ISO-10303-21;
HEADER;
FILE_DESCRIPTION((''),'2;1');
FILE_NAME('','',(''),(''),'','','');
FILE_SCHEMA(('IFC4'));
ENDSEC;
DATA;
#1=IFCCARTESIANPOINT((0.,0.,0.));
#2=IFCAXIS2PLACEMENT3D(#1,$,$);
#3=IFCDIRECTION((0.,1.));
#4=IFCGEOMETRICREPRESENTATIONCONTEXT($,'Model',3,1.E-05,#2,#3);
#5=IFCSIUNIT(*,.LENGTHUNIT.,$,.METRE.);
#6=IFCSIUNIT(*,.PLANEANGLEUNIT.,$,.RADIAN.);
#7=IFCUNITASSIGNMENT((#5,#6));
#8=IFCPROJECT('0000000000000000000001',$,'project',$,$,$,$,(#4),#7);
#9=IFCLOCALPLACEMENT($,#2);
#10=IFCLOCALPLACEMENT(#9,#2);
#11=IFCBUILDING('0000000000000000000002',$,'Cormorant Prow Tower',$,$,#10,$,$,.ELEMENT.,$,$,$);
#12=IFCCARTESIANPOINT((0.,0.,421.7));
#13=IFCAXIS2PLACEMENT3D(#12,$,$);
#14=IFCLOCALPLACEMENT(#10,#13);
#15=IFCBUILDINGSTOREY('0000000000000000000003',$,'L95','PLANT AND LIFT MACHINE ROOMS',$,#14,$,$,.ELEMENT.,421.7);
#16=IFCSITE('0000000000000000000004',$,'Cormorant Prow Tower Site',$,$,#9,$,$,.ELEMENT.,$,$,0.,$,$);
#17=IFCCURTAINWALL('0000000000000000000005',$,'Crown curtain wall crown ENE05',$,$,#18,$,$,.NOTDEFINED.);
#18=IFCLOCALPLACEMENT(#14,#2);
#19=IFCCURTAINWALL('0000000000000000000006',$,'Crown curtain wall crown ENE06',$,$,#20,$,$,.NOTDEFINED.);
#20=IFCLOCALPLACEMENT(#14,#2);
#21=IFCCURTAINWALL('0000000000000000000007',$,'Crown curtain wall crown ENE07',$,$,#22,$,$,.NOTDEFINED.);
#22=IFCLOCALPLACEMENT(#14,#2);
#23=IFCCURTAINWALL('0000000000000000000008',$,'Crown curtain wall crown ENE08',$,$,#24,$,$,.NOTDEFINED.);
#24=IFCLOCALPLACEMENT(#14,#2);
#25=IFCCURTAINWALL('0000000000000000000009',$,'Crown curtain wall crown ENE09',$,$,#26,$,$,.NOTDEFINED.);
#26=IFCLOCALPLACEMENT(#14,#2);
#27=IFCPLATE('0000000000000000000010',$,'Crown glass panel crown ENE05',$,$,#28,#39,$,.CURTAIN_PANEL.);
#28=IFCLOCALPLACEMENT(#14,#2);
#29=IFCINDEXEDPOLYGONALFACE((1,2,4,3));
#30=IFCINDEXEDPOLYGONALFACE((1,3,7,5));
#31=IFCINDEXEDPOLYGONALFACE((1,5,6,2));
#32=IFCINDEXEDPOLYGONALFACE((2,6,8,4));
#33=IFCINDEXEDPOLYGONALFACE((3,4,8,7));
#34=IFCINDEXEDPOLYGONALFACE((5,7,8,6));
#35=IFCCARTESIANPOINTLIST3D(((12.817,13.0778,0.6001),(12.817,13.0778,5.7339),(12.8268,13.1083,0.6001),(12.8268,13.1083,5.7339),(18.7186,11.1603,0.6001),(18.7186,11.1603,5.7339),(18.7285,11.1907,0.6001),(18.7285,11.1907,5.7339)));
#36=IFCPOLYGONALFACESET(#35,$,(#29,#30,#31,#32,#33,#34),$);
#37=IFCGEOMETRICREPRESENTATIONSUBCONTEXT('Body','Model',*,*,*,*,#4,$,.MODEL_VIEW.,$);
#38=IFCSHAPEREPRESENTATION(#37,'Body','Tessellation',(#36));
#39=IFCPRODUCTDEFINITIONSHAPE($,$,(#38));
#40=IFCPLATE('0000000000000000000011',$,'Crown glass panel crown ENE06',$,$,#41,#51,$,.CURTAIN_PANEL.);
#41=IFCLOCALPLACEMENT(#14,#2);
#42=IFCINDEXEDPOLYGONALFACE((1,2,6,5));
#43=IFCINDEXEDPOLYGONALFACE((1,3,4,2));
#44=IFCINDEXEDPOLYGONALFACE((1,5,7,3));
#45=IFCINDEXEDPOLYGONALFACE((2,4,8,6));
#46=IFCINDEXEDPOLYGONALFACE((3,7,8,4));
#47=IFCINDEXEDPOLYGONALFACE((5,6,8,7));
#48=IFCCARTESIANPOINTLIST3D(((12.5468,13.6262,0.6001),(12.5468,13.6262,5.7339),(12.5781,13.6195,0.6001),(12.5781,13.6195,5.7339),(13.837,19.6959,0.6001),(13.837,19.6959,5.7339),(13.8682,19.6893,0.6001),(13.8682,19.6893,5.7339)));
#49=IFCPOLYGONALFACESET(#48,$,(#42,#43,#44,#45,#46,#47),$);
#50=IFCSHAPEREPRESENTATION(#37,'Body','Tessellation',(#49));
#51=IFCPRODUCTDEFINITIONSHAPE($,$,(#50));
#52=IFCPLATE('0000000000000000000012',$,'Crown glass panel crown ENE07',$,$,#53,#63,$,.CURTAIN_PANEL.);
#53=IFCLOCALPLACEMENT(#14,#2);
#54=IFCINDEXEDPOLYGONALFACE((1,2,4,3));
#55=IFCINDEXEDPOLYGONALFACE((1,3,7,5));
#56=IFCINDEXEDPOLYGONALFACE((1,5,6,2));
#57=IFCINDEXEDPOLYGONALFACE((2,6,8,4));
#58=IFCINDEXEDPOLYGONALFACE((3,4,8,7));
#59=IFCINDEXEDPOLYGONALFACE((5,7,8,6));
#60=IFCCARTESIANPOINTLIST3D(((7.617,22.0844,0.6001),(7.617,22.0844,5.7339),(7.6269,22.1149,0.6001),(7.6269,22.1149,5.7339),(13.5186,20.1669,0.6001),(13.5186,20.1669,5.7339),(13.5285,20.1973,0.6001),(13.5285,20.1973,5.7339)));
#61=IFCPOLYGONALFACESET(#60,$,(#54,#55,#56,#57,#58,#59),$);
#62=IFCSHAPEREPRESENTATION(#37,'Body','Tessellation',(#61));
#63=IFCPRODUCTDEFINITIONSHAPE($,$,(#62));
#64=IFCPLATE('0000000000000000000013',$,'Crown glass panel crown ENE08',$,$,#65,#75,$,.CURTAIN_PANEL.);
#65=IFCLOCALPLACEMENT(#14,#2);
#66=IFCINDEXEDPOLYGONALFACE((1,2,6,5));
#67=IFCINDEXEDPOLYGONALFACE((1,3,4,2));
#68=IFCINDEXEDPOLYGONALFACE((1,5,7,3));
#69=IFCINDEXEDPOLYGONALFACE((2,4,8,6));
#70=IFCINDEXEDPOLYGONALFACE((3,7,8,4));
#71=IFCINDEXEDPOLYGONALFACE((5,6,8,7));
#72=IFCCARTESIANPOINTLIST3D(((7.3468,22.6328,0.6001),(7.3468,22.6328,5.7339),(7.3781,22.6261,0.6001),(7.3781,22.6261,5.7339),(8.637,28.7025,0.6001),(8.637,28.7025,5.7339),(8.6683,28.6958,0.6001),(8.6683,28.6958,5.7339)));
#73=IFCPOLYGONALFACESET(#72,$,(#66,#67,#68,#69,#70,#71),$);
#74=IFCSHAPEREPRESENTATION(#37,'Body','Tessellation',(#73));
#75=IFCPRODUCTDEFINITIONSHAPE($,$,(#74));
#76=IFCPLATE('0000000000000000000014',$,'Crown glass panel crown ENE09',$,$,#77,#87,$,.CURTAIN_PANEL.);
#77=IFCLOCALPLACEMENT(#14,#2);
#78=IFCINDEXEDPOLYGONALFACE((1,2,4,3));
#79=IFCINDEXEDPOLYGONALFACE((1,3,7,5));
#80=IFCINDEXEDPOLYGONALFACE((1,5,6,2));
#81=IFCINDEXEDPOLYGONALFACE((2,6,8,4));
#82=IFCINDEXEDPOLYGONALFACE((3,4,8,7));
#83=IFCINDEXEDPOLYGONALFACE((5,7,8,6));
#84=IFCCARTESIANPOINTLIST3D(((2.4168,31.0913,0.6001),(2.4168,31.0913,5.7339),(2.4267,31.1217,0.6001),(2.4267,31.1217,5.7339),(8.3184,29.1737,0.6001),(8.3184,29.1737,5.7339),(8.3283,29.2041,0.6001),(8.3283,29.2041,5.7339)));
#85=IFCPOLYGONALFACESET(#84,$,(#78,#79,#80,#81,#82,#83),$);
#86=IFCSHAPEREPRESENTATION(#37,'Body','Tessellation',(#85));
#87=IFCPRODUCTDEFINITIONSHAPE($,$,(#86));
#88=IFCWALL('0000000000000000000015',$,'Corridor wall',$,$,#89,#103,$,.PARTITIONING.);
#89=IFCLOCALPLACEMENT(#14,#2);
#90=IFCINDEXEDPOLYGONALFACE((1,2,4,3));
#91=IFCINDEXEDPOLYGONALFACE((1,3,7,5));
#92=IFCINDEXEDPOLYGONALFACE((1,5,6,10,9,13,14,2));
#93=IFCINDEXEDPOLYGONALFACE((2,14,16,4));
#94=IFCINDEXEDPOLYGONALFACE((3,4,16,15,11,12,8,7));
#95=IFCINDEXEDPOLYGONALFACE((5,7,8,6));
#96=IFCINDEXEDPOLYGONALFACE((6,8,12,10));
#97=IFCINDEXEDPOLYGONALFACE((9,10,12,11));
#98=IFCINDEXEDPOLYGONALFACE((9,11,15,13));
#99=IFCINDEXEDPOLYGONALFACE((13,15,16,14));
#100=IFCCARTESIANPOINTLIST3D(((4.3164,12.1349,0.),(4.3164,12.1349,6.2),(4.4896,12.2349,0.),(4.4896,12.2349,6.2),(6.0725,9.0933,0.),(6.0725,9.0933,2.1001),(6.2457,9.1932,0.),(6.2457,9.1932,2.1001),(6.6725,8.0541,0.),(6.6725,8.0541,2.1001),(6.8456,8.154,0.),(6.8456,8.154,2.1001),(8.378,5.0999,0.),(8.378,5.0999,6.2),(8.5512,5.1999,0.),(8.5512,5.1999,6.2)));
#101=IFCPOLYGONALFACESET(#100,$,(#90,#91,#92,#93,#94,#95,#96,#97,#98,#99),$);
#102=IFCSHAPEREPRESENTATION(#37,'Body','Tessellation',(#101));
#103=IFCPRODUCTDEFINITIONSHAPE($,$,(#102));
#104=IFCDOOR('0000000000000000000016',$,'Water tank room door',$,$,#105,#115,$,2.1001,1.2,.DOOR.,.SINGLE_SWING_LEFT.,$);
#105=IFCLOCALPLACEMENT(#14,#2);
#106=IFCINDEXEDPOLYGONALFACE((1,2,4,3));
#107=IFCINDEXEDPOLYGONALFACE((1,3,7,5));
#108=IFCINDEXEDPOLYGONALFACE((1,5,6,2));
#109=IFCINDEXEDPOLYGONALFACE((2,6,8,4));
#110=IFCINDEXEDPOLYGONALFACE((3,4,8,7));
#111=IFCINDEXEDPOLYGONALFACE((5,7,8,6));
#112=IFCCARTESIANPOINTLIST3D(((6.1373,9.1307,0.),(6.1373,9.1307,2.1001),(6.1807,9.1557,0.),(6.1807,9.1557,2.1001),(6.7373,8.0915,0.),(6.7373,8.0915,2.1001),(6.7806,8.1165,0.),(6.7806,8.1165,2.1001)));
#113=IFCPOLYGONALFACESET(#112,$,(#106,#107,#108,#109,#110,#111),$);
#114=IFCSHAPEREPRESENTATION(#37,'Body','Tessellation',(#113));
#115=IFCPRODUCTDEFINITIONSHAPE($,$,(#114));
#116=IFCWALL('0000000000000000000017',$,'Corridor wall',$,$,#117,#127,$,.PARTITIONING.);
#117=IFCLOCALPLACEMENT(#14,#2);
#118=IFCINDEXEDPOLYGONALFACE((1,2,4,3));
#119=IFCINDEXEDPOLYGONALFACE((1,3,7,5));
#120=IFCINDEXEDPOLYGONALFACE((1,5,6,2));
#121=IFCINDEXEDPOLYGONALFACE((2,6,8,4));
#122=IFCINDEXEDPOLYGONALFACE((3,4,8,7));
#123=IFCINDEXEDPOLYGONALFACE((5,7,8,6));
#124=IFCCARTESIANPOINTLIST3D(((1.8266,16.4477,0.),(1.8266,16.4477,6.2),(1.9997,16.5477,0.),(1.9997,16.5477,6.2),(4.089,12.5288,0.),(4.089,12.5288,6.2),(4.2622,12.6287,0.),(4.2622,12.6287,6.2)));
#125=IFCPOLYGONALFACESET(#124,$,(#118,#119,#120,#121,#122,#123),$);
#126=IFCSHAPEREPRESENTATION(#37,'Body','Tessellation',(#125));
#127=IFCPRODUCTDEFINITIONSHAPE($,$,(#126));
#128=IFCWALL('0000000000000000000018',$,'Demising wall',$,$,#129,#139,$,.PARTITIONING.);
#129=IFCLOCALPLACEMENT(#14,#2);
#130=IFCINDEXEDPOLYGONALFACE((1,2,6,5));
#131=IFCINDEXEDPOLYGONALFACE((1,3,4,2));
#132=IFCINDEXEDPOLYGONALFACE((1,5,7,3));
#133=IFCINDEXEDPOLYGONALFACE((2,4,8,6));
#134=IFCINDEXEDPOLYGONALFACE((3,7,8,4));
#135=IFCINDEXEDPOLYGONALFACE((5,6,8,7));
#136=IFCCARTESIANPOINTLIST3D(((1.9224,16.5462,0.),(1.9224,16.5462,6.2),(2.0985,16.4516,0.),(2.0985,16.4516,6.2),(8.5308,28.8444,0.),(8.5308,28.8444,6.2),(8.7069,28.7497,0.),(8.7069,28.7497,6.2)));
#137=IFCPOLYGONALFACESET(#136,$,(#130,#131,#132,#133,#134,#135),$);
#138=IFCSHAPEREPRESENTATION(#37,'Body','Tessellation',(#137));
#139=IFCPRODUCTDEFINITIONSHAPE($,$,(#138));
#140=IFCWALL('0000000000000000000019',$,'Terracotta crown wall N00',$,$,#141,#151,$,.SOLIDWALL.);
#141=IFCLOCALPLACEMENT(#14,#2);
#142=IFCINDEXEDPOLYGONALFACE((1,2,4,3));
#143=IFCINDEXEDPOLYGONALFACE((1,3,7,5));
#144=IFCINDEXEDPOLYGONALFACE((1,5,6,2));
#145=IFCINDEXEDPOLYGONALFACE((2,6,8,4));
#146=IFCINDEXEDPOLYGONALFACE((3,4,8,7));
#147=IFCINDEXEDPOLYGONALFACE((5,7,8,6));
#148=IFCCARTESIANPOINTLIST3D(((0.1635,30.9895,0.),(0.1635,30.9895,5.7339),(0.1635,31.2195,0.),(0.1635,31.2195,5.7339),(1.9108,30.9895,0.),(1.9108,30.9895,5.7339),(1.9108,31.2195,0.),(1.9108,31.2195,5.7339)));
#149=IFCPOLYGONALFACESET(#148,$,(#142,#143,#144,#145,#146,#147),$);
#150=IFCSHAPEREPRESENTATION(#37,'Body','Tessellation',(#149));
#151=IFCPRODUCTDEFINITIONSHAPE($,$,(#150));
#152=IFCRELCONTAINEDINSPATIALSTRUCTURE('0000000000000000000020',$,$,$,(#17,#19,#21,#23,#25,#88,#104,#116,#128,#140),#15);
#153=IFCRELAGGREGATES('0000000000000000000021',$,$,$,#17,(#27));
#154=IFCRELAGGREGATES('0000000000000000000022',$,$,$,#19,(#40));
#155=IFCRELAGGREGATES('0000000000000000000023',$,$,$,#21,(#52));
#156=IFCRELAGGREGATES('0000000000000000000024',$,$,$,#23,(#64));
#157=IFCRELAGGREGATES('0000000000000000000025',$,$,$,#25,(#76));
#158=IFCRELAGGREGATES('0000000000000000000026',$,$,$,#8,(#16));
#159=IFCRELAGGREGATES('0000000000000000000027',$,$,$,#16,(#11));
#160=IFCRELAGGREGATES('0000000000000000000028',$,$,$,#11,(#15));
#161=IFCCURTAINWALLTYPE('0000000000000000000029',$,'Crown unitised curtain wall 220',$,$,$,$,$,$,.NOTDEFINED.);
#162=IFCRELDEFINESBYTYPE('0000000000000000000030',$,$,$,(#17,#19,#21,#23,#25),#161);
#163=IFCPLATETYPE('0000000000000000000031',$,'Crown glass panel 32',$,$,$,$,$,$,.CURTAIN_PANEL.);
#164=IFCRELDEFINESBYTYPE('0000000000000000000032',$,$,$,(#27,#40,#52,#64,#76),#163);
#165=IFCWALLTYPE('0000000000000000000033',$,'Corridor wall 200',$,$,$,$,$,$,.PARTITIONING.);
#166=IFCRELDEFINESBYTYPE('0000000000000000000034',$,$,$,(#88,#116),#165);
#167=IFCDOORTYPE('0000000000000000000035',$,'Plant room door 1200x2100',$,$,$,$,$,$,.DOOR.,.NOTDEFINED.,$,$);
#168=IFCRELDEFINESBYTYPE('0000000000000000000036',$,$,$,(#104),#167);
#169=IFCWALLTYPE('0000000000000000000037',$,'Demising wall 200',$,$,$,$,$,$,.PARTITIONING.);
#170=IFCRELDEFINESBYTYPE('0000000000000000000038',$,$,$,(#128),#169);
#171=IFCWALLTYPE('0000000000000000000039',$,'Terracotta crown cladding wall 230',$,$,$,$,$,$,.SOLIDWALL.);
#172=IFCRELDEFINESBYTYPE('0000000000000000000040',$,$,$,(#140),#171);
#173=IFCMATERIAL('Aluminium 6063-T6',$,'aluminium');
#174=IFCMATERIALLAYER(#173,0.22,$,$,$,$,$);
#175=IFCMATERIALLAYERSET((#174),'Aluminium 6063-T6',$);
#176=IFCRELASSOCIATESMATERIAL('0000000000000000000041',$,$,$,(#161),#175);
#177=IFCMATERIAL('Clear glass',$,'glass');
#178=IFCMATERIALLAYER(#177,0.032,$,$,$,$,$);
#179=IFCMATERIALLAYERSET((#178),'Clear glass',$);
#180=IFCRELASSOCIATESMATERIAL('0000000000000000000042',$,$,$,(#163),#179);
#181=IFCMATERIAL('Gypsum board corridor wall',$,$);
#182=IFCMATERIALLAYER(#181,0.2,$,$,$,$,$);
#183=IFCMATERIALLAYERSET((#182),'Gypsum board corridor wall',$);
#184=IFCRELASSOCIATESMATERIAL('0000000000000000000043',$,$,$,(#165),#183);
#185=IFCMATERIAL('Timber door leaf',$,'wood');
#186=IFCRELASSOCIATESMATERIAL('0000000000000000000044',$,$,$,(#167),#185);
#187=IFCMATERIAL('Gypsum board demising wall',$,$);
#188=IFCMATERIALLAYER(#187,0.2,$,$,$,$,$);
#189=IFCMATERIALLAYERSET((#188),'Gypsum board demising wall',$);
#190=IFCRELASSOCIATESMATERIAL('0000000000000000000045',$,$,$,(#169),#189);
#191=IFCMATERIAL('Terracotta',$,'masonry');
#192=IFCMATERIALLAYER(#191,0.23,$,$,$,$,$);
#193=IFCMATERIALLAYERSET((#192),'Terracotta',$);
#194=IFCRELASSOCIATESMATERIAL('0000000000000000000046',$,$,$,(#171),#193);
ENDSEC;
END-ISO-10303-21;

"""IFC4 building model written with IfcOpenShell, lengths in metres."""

from ifc_helpers import new_model, si_unit, direction, frame, frame_2d, origin, origin_2d, place, context, subcontext, project, spatial, rectangle, extrude, material, layer, layer_set, type_object, element, fill, aggregate, save


model = new_model("IFC4")

# Units and contexts
model_context = context("Model", 3, precision=1e-05, world=origin(), true_north=direction((0.0, 1.0)))
body_context = subcontext(model_context, "Body", "Model", "MODEL_VIEW")
ifc_project = project(units=[si_unit("LENGTHUNIT", "METRE"), si_unit("PLANEANGLEUNIT", "RADIAN")], contexts=[model_context])

# Site, building, storey
site_placement = place(None, origin())
site = spatial("IfcSite", under=ifc_project, at=site_placement, Name="Cormorant Prow Tower Site", CompositionType="ELEMENT", RefElevation=0.0)
building_placement = place(site_placement, origin())
building = spatial("IfcBuilding", under=site, at=building_placement, Name="Cormorant Prow Tower", CompositionType="ELEMENT")
storey_placement = place(building_placement, frame((0.0, 0.0, 421.7)))
storey = spatial("IfcBuildingStorey", under=building, at=storey_placement, Name="L95", Description="PLANT AND LIFT MACHINE ROOMS", CompositionType="ELEMENT", Elevation=421.7)

# Curtain walls
ifc_material_1 = material(Name="Aluminium 6063-T6", Category="aluminium")
ifc_layer_1 = layer(ifc_material_1, 0.22)
ifc_layer_set_1 = layer_set([ifc_layer_1], Name="Aluminium 6063-T6")
curtain_wall_type = type_object("IfcCurtainWallType", Name="Crown unitised curtain wall 220", PredefinedType="NOTDEFINED", material=ifc_layer_set_1)
curtain_wall_1_placement = place(storey_placement, origin())
curtain_wall_1 = element("IfcCurtainWall", 1, at=curtain_wall_1_placement, inside=storey, type_object=curtain_wall_type, Name="Crown curtain wall crown ENE05", PredefinedType="NOTDEFINED")
curtain_wall_2_placement = place(storey_placement, origin())
curtain_wall_2 = element("IfcCurtainWall", 2, at=curtain_wall_2_placement, inside=storey, type_object=curtain_wall_type, Name="Crown curtain wall crown ENE06", PredefinedType="NOTDEFINED")
curtain_wall_3_placement = place(storey_placement, origin())
curtain_wall_3 = element("IfcCurtainWall", 3, at=curtain_wall_3_placement, inside=storey, type_object=curtain_wall_type, Name="Crown curtain wall crown ENE07", PredefinedType="NOTDEFINED")
curtain_wall_4_placement = place(storey_placement, origin())
curtain_wall_4 = element("IfcCurtainWall", 4, at=curtain_wall_4_placement, inside=storey, type_object=curtain_wall_type, Name="Crown curtain wall crown ENE08", PredefinedType="NOTDEFINED")
curtain_wall_5_placement = place(storey_placement, origin())
curtain_wall_5 = element("IfcCurtainWall", 5, at=curtain_wall_5_placement, inside=storey, type_object=curtain_wall_type, Name="Crown curtain wall crown ENE09", PredefinedType="NOTDEFINED")

# Plates
ifc_material_2 = material(Name="Clear glass", Category="glass")
ifc_layer_2 = layer(ifc_material_2, 0.032)
ifc_layer_set_2 = layer_set([ifc_layer_2], Name="Clear glass")
plate_type = type_object("IfcPlateType", Name="Crown glass panel 32", PredefinedType="CURTAIN_PANEL", material=ifc_layer_set_2)
plate_1_placement = place(storey_placement, frame((15.7727, 12.1343, 0.6001), z_axis=(0.0, 0.0, 1.0), x_axis=(-0.951056, 0.309017, 0.0)))
plate_1 = element("IfcPlate", 6, at=plate_1_placement, type_object=plate_type, Name="Crown glass panel crown ENE05", PredefinedType="CURTAIN_PANEL", context=body_context, shape_type="SweptSolid", body=[
    extrude(rectangle(XDim=6.2053, YDim=0.032, at=origin_2d()), origin(), (0.0, 0.0, 1.0), 5.1338),
])
aggregate(curtain_wall_1, [plate_1])
plate_2_placement = place(storey_placement, frame((13.2075, 16.6577, 0.6001), z_axis=(0.0, 0.0, 1.0), x_axis=(0.207912, 0.978148, 0.0)))
plate_2 = element("IfcPlate", 7, at=plate_2_placement, type_object=plate_type, Name="Crown glass panel crown ENE06", PredefinedType="CURTAIN_PANEL", context=body_context, shape_type="SweptSolid", body=[
    extrude(rectangle(XDim=6.2053, YDim=0.032, at=origin_2d()), origin(), (0.0, 0.0, 1.0), 5.1338),
])
aggregate(curtain_wall_2, [plate_2])
plate_3_placement = place(storey_placement, frame((10.5728, 21.1409, 0.6001), z_axis=(0.0, 0.0, 1.0), x_axis=(-0.951057, 0.309017, 0.0)))
plate_3 = element("IfcPlate", 8, at=plate_3_placement, type_object=plate_type, Name="Crown glass panel crown ENE07", PredefinedType="CURTAIN_PANEL", context=body_context, shape_type="SweptSolid", body=[
    extrude(rectangle(XDim=6.2053, YDim=0.032, at=origin_2d()), origin(), (0.0, 0.0, 1.0), 5.1338),
])
aggregate(curtain_wall_3, [plate_3])
plate_4_placement = place(storey_placement, frame((8.0076, 25.6643, 0.6001), z_axis=(0.0, 0.0, 1.0), x_axis=(0.207912, 0.978148, 0.0)))
plate_4 = element("IfcPlate", 9, at=plate_4_placement, type_object=plate_type, Name="Crown glass panel crown ENE08", PredefinedType="CURTAIN_PANEL", context=body_context, shape_type="SweptSolid", body=[
    extrude(rectangle(XDim=6.2053, YDim=0.032, at=origin_2d()), origin(), (0.0, 0.0, 1.0), 5.1338),
])
aggregate(curtain_wall_4, [plate_4])
plate_5_placement = place(storey_placement, frame((5.3726, 30.1477, 0.6001), z_axis=(0.0, 0.0, 1.0), x_axis=(-0.951056, 0.309017, 0.0)))
plate_5 = element("IfcPlate", 10, at=plate_5_placement, type_object=plate_type, Name="Crown glass panel crown ENE09", PredefinedType="CURTAIN_PANEL", context=body_context, shape_type="SweptSolid", body=[
    extrude(rectangle(XDim=6.2053, YDim=0.032, at=origin_2d()), origin(), (0.0, 0.0, 1.0), 5.1338),
])
aggregate(curtain_wall_5, [plate_5])

# Wall, opening, door
ifc_material_3 = material(Name="Gypsum board corridor wall")
ifc_layer_3 = layer(ifc_material_3, 0.2)
ifc_layer_set_3 = layer_set([ifc_layer_3], Name="Gypsum board corridor wall")
wall_type_1 = type_object("IfcWallType", Name="Corridor wall 200", PredefinedType="PARTITIONING", material=ifc_layer_set_3)
wall_1_placement = place(storey_placement, frame((4.4031, 12.1848, 0.0), z_axis=(0.0, 0.0, 1.0), x_axis=(0.499992, -0.86603, 0.0)))
wall_1 = element("IfcWall", 11, at=wall_1_placement, inside=storey, type_object=wall_type_1, Name="Corridor wall", PredefinedType="PARTITIONING", context=body_context, shape_type="SweptSolid", body=[
    extrude(rectangle(XDim=8.1233, YDim=0.2, at=frame_2d((4.0615, 0.0))), origin(), (0.0, 0.0, 1.0), 6.2),
])
opening_placement = place(wall_1_placement, frame((3.512, 0.0, 0.0)))
opening = element("IfcOpeningElement", 12, at=opening_placement, cuts=wall_1, PredefinedType="OPENING", context=body_context, shape_type="SweptSolid", body=[
    extrude(rectangle(XDim=1.2, YDim=2.1001, at=frame_2d((0.6001, 1.05))), frame((0.0, 0.1099, 0.0), z_axis=(0.0, -1.0, 0.0), x_axis=(1.0, 0.0, 0.0)), (0.0, 0.0, 1.0), 0.22),
])
ifc_material_4 = material(Name="Timber door leaf", Category="wood")
door_type = type_object("IfcDoorType", Name="Plant room door 1200x2100", OperationType="NOTDEFINED", PredefinedType="DOOR", material=ifc_material_4)
door_placement = place(opening_placement, origin())
door = element("IfcDoor", 13, at=door_placement, inside=storey, type_object=door_type, Name="Water tank room door", OperationType="SINGLE_SWING_LEFT", OverallHeight=2.1001, OverallWidth=1.2, PredefinedType="DOOR", context=body_context, shape_type="SweptSolid", body=[
    extrude(rectangle(XDim=1.2, YDim=2.1001, at=frame_2d((0.6001, 1.05))), frame((0.0, 0.0249, 0.0), z_axis=(0.0, -1.0, 0.0), x_axis=(1.0, 0.0, 0.0)), (0.0, 0.0, 1.0), 0.05),
])
fill(opening, door)

# Walls
wall_2_placement = place(storey_placement, frame((1.9131, 16.4978, 0.0), z_axis=(0.0, 0.0, 1.0), x_axis=(0.499975, -0.86604, 0.0)))
element("IfcWall", 14, at=wall_2_placement, inside=storey, type_object=wall_type_1, Name="Corridor wall", PredefinedType="PARTITIONING", context=body_context, shape_type="SweptSolid", body=[
    extrude(rectangle(XDim=4.5251, YDim=0.2, at=frame_2d((2.2627, 0.0))), origin(), (0.0, 0.0, 1.0), 6.2),
])
ifc_material_5 = material(Name="Gypsum board demising wall")
ifc_layer_4 = layer(ifc_material_5, 0.2)
ifc_layer_set_4 = layer_set([ifc_layer_4], Name="Gypsum board demising wall")
wall_type_2 = type_object("IfcWallType", Name="Demising wall 200", PredefinedType="PARTITIONING", material=ifc_layer_set_4)
wall_3_placement = place(storey_placement, frame((2.0105, 16.499, 0.0), z_axis=(0.0, 0.0, 1.0), x_axis=(0.473342, 0.880879, 0.0)))
element("IfcWall", 15, at=wall_3_placement, inside=storey, type_object=wall_type_2, Name="Demising wall", PredefinedType="PARTITIONING", context=body_context, shape_type="SweptSolid", body=[
    extrude(rectangle(XDim=13.9612, YDim=0.2, at=frame_2d((6.9805, 0.0))), origin(), (0.0, 0.0, 1.0), 6.2),
])
ifc_material_6 = material(Name="Terracotta", Category="masonry")
ifc_layer_5 = layer(ifc_material_6, 0.23)
ifc_layer_set_5 = layer_set([ifc_layer_5], Name="Terracotta")
wall_type_3 = type_object("IfcWallType", Name="Terracotta crown cladding wall 230", PredefinedType="SOLIDWALL", material=ifc_layer_set_5)
wall_4_placement = place(storey_placement, frame((1.9106, 31.1045, 0.0), z_axis=(0.0, 0.0, 1.0), x_axis=(-1.0, 0.0, 0.0)))
element("IfcWall", 16, at=wall_4_placement, inside=storey, type_object=wall_type_3, Name="Terracotta crown wall N00", PredefinedType="SOLIDWALL", context=body_context, shape_type="SweptSolid", body=[
    extrude(rectangle(XDim=1.7473, YDim=0.23, at=frame_2d((0.8735, 0.0))), origin(), (0.0, 0.0, 1.0), 5.7339),
])

save(model, "model.ifc")
